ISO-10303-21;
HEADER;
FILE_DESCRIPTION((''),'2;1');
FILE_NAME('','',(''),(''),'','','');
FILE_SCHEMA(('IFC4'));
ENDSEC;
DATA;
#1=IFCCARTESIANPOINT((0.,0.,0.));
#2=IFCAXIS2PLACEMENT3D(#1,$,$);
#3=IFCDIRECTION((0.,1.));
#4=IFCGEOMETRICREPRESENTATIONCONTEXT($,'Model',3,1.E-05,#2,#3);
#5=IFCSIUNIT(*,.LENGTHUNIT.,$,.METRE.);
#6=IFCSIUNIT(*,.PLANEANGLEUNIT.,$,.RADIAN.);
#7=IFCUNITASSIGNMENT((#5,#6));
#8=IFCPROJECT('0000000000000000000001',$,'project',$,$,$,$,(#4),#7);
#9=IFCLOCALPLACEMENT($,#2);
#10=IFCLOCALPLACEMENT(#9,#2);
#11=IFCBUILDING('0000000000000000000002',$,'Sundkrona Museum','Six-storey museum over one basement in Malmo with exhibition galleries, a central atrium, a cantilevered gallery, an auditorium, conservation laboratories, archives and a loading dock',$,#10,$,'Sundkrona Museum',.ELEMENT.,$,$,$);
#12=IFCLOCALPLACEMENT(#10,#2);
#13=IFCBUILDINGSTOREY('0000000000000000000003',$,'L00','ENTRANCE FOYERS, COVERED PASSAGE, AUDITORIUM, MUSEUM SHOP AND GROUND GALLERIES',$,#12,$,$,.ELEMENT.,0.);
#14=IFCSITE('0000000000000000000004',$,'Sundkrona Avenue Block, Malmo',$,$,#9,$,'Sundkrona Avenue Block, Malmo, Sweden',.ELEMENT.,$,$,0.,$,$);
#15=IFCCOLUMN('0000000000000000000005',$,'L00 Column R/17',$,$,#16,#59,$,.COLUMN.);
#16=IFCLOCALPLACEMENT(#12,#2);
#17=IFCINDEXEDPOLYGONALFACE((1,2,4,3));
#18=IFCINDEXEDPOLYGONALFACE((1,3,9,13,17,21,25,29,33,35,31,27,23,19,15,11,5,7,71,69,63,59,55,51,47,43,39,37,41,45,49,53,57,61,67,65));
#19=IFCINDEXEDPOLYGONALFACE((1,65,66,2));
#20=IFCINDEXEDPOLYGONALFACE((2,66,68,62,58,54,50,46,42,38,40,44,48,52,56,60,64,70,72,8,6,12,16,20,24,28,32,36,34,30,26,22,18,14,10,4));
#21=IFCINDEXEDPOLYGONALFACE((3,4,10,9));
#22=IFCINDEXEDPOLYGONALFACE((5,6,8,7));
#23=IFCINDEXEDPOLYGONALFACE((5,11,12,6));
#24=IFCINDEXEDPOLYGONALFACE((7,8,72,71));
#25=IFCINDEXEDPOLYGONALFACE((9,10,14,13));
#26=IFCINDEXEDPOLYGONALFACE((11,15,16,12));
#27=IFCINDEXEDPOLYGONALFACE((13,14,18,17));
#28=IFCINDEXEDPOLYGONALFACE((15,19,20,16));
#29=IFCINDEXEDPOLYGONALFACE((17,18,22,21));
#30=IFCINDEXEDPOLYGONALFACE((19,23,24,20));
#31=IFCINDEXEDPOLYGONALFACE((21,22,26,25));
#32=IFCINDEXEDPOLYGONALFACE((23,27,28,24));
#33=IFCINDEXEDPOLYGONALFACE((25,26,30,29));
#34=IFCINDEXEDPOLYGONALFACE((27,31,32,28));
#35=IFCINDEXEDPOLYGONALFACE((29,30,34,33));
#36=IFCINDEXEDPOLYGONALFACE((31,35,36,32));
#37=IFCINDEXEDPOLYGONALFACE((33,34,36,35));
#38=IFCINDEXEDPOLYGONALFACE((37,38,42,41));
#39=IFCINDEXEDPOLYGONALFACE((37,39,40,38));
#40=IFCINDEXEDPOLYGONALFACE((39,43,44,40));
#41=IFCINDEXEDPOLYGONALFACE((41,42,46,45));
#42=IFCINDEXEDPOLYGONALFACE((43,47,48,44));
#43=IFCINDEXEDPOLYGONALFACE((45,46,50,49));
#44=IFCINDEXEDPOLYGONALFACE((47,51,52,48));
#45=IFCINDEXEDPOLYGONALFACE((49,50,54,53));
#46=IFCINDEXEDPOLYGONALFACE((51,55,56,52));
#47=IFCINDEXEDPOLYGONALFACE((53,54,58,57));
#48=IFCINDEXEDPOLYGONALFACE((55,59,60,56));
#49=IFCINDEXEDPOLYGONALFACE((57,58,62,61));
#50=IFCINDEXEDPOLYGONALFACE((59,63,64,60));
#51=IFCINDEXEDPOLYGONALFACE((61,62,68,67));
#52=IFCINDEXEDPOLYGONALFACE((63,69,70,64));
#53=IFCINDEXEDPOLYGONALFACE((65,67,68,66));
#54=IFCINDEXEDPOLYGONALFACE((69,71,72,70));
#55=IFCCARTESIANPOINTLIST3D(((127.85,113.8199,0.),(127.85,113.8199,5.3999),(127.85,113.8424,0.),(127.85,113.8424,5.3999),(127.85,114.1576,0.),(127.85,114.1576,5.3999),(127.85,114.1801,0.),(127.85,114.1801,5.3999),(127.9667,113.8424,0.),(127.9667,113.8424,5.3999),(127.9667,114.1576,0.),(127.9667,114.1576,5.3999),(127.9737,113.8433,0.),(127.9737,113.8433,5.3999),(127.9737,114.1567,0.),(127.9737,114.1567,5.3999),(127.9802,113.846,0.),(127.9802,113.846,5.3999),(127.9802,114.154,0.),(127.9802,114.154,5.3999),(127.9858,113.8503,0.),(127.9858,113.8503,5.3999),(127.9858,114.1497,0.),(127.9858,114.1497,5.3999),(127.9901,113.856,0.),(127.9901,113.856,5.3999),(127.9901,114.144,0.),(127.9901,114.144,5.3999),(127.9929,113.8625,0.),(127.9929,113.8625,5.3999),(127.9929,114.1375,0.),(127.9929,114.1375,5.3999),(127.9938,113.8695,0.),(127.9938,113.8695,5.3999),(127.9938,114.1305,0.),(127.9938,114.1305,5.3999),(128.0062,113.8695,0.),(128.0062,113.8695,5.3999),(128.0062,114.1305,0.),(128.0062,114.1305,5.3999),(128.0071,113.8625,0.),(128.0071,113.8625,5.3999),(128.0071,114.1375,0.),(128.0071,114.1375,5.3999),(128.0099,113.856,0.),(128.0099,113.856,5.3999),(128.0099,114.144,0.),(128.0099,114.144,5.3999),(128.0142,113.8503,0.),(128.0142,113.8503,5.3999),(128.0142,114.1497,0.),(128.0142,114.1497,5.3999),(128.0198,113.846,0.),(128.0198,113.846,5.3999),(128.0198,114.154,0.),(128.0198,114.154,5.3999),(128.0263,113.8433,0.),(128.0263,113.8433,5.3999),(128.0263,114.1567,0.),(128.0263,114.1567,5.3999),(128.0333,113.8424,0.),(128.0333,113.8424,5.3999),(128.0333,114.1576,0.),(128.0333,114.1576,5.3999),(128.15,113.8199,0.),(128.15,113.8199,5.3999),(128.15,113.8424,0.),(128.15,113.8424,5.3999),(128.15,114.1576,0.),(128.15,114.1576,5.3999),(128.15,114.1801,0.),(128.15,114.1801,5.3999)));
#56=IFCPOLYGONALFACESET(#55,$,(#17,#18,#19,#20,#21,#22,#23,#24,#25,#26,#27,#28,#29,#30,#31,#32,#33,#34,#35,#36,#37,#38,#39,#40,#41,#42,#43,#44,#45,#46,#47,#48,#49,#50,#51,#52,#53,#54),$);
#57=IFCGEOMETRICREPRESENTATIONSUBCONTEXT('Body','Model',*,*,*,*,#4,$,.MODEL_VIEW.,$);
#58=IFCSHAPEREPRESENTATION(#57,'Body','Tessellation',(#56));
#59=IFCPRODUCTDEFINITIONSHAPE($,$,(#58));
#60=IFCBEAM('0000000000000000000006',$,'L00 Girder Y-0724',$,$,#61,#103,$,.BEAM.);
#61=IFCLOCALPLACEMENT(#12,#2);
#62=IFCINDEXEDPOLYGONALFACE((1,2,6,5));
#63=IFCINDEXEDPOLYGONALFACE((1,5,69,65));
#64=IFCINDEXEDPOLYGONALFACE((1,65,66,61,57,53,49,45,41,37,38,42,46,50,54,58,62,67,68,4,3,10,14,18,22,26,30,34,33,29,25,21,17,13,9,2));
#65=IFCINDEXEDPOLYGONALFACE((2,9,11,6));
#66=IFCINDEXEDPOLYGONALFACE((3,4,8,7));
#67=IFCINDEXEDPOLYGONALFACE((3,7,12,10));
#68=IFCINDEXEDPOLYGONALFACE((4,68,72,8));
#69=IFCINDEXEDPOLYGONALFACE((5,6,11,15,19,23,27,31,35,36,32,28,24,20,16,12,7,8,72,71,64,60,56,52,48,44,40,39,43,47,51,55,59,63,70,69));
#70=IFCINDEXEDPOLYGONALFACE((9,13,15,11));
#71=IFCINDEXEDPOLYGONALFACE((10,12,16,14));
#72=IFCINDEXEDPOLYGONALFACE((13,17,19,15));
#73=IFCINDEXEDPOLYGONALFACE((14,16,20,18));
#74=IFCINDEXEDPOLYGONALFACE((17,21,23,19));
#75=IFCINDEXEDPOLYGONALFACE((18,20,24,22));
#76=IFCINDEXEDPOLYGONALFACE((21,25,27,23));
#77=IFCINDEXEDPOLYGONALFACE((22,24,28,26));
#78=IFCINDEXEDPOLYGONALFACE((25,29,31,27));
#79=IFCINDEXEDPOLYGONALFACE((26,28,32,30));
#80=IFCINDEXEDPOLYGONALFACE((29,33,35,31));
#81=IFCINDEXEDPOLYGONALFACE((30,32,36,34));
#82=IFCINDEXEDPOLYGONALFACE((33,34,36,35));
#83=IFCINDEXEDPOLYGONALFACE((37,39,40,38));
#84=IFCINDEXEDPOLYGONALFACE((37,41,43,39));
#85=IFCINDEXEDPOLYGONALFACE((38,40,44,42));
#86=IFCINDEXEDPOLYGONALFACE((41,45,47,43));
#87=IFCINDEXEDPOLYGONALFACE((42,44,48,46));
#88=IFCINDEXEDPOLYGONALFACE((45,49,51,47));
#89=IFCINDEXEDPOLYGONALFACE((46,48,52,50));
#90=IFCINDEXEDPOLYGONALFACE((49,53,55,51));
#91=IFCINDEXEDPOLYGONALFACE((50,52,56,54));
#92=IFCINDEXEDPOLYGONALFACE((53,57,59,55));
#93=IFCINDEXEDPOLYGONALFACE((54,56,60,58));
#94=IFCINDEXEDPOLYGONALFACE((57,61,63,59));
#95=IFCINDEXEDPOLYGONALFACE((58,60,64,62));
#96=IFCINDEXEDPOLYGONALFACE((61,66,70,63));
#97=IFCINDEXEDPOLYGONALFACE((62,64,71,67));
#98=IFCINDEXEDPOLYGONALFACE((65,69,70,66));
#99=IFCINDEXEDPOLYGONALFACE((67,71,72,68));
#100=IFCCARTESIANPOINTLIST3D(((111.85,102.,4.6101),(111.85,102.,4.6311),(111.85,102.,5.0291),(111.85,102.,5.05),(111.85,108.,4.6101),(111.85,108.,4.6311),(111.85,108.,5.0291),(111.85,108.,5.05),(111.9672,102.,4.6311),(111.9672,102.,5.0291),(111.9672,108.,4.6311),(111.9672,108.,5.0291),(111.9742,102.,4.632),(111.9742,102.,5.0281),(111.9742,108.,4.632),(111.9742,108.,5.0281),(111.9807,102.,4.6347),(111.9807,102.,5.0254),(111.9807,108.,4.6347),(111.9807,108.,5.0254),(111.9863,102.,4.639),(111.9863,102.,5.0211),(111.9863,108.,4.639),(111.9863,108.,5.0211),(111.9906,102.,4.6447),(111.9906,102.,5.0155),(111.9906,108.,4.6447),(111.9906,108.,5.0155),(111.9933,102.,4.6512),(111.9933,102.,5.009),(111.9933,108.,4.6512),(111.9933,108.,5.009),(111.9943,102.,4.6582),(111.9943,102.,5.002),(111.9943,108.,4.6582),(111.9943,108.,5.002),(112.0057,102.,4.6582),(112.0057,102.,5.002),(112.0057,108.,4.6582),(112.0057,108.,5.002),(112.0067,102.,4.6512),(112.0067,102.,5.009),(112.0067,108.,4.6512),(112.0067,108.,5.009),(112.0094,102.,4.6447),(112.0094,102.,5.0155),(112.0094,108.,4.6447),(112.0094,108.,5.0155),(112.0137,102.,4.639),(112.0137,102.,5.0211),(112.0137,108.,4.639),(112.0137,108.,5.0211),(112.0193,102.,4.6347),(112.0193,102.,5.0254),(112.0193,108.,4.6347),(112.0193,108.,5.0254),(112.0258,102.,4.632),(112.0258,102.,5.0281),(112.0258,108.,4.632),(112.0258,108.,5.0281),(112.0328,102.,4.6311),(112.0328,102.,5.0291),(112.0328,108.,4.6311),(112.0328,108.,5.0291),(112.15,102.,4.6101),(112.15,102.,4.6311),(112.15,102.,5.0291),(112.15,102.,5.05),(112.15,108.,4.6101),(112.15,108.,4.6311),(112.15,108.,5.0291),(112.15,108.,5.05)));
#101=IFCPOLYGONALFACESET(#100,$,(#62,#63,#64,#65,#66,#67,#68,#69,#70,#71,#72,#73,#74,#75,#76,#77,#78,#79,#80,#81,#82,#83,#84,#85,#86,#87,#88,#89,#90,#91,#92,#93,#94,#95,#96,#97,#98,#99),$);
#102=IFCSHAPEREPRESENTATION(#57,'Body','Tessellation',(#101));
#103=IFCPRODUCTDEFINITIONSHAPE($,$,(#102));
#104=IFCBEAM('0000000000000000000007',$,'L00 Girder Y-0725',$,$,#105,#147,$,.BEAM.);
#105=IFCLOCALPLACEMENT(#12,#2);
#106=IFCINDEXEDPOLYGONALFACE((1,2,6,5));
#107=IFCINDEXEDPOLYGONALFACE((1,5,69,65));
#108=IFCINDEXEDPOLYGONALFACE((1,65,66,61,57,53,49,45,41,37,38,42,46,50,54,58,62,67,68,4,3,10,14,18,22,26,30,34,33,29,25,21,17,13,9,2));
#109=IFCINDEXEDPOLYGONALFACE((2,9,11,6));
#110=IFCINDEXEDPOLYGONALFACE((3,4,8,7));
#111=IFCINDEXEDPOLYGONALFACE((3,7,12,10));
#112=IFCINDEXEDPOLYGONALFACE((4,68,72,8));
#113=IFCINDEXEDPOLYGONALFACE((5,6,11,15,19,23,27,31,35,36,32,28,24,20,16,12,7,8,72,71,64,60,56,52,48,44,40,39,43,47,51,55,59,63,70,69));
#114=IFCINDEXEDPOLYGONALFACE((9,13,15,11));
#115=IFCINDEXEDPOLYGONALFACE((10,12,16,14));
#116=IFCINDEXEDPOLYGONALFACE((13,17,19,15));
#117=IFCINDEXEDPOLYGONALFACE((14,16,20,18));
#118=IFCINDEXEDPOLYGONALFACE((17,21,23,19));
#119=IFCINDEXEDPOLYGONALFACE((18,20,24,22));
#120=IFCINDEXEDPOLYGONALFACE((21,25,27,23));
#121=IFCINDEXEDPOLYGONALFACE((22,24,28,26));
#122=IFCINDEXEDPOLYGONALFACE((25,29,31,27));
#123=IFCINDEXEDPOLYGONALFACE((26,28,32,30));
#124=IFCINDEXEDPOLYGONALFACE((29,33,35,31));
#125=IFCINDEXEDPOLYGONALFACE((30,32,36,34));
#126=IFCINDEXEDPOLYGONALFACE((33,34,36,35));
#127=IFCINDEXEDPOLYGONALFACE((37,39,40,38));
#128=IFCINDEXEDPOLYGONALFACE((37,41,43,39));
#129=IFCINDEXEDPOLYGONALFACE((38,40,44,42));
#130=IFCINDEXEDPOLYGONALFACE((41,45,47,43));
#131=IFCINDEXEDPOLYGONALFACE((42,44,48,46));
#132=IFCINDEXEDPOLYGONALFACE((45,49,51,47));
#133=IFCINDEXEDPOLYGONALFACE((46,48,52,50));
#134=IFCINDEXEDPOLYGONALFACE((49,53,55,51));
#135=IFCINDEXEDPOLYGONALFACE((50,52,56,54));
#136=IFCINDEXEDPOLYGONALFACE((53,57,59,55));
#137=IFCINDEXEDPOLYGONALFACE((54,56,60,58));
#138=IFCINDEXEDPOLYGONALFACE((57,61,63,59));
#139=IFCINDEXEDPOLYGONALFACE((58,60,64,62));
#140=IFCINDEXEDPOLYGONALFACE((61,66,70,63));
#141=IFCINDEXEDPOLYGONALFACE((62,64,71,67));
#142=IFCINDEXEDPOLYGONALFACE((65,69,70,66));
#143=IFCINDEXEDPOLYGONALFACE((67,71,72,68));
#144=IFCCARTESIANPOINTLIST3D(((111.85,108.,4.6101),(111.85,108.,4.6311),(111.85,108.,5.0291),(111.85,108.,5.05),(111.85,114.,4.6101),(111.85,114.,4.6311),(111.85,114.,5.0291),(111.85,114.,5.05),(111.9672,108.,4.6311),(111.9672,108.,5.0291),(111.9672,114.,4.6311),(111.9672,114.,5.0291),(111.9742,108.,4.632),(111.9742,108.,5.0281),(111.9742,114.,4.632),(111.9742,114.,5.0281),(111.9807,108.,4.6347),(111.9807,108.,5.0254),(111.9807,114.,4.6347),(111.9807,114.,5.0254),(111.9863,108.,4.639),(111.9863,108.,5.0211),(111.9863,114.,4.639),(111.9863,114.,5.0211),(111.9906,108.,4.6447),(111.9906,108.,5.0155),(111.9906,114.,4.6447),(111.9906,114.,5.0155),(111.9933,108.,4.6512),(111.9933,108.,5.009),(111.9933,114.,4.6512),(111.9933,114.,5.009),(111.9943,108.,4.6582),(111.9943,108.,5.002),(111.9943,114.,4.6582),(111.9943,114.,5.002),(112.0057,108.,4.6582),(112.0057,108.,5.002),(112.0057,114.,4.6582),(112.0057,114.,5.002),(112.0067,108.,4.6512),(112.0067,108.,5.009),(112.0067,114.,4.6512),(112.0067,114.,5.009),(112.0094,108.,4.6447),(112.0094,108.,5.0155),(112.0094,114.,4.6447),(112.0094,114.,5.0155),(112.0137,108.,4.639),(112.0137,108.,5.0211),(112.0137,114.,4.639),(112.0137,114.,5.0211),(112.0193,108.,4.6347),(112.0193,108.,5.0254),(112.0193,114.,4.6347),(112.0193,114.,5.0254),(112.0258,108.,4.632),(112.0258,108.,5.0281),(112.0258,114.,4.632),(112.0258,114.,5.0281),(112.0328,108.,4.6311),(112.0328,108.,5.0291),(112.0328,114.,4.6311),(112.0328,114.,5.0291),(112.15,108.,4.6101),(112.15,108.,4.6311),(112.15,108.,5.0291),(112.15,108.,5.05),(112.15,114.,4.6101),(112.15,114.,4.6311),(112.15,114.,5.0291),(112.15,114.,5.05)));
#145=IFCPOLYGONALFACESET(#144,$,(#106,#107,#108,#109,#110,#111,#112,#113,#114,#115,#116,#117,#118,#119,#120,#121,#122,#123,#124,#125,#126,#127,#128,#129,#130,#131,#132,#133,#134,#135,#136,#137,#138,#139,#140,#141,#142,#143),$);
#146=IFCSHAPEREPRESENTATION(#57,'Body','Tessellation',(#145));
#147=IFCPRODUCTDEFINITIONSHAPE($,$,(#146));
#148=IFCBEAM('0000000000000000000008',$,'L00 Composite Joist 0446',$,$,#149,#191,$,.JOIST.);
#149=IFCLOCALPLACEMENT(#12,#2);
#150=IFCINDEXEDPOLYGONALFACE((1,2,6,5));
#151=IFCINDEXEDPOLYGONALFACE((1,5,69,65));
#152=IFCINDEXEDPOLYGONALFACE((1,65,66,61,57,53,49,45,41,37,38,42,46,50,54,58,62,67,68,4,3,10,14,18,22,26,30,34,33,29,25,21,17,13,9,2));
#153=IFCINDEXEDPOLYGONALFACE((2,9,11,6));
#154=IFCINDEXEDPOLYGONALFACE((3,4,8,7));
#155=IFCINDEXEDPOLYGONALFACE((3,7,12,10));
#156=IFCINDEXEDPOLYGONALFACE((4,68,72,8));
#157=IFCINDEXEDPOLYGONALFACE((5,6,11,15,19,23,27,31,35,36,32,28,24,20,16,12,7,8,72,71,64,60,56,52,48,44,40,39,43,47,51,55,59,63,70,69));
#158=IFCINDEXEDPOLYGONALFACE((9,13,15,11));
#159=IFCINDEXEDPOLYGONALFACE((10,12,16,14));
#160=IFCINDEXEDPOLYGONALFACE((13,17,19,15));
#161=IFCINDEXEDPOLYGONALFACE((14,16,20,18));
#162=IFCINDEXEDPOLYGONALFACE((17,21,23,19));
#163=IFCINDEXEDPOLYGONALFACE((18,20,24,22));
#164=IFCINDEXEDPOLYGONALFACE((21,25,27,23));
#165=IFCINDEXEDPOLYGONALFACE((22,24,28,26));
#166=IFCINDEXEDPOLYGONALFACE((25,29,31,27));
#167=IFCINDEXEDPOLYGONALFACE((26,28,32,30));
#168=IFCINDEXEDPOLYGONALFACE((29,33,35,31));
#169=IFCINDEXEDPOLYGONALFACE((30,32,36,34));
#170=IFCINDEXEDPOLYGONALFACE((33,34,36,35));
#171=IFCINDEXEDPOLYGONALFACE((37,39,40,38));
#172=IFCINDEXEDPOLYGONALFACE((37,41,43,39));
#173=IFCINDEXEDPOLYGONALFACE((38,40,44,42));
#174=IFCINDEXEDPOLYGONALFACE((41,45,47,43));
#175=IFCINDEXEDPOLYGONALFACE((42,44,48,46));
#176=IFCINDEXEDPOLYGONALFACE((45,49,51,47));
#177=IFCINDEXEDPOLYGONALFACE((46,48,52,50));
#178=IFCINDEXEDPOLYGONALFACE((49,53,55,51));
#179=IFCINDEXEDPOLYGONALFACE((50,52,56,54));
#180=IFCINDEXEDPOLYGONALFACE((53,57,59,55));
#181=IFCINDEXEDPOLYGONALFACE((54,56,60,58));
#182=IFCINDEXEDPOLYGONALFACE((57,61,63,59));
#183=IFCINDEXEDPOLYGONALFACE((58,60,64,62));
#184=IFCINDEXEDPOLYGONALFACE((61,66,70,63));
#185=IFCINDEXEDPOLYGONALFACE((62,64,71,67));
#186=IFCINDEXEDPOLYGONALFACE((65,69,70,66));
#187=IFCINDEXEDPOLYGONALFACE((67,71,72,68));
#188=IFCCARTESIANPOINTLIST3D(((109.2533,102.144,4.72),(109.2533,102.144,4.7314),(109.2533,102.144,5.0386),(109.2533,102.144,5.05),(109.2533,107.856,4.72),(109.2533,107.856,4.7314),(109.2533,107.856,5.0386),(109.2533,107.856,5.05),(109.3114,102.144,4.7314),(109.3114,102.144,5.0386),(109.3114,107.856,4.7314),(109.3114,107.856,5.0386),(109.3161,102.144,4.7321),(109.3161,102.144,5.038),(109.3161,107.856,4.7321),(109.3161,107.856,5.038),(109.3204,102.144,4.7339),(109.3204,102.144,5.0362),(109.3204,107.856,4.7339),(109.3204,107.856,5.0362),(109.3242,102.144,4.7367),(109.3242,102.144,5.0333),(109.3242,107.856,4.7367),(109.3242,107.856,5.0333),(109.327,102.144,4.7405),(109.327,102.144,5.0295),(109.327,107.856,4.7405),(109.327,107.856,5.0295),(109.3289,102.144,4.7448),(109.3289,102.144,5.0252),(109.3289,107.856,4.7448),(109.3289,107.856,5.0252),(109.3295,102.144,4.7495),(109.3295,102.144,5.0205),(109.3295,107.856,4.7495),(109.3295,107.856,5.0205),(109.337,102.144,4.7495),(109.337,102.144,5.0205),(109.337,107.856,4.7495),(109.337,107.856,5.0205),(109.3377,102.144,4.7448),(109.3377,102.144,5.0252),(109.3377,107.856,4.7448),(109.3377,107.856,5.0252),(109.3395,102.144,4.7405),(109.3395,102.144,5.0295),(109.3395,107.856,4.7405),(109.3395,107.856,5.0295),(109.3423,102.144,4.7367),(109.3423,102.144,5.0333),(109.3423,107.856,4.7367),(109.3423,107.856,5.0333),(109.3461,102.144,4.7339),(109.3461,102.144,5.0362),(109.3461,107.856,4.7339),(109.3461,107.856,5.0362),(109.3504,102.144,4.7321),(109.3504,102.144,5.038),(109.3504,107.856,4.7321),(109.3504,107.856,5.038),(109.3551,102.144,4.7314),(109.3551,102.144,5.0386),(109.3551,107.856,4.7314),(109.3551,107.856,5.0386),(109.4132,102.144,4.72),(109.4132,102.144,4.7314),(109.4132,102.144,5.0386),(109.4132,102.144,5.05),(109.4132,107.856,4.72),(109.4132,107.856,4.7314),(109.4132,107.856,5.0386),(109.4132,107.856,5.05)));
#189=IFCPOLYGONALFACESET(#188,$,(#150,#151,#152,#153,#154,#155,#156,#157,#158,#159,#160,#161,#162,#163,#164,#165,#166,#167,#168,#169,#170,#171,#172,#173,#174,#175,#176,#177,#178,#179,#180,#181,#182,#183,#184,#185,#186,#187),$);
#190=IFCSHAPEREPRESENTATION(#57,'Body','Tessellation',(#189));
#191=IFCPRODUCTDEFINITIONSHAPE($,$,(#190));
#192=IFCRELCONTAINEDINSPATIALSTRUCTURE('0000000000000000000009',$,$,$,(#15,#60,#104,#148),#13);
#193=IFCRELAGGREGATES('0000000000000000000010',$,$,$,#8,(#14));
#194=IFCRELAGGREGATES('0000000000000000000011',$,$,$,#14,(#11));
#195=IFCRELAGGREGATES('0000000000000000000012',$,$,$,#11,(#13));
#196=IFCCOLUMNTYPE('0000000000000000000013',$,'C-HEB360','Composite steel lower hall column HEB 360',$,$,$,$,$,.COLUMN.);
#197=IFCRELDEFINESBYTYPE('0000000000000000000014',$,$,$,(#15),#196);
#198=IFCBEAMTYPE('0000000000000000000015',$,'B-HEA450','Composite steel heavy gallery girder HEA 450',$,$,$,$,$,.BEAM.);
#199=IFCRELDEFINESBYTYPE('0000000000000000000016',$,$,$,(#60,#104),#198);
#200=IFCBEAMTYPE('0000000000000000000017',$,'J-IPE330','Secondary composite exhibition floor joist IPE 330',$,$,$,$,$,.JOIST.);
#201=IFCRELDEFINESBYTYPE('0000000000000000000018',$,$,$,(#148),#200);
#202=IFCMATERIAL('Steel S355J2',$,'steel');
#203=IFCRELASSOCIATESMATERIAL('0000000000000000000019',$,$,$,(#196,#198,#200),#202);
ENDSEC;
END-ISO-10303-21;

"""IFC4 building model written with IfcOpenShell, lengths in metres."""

from ifc_helpers import new_model, si_unit, direction, frame, origin, origin_2d, place, context, subcontext, project, spatial, i_section, extrude, material, material_profile, profile_set, type_object, element, save


model = new_model("IFC4")

# Units and contexts
model_context = context("Model", 3, precision=1e-05, world=origin(), true_north=direction((0.0, 1.0)))
body_context = subcontext(model_context, "Body", "Model", "MODEL_VIEW")
ifc_project = project(units=[si_unit("LENGTHUNIT", "METRE"), si_unit("PLANEANGLEUNIT", "RADIAN")], contexts=[model_context])

# Site, building, storey
site_placement = place(None, origin())
site = spatial("IfcSite", under=ifc_project, at=site_placement, Name="Sundkrona Avenue Block, Malmo", LongName="Sundkrona Avenue Block, Malmo, Sweden", CompositionType="ELEMENT", RefElevation=0.0)
building_placement = place(site_placement, origin())
building = spatial("IfcBuilding", under=site, at=building_placement, Name="Sundkrona Museum", Description="Six-storey museum over one basement in Malmo with exhibition galleries, a central atrium, a cantilevered gallery, an auditorium, conservation laboratories, archives and a loading dock", LongName="Sundkrona Museum", CompositionType="ELEMENT")
storey_placement = place(building_placement, origin())
storey = spatial("IfcBuildingStorey", under=building, at=storey_placement, Name="L00", Description="ENTRANCE FOYERS, COVERED PASSAGE, AUDITORIUM, MUSEUM SHOP AND GROUND GALLERIES", CompositionType="ELEMENT", Elevation=0.0)

# Column
ifc_material_1 = material(Name="Steel S355J2", Category="steel")
ifc_material_profile_1 = material_profile(ifc_material_1, i_section(OverallWidth=0.3, OverallDepth=0.3601, WebThickness=0.0125, FlangeThickness=0.0225, FilletRadius=0.0271, at=origin_2d()), Name="HEB 360")
ifc_profile_set_1 = profile_set([ifc_material_profile_1], Name="Steel S355J2")
column_type = type_object("IfcColumnType", Name="C-HEB360", Description="Composite steel lower hall column HEB 360", PredefinedType="COLUMN", material=ifc_profile_set_1)
for number, where, z_axis, x_axis, name in (
    (1, (128.0, 114.0, 0.0), (0.0, 0.0, 1.0), (1.0, 0.0, 0.0), "L00 Column R/17"),
):
    element("IfcColumn", number, at=place(storey_placement, frame(where, z_axis=z_axis, x_axis=x_axis)), inside=storey, type_object=column_type, Name=name, PredefinedType="COLUMN", context=body_context, shape_type="SweptSolid", body=[
        extrude(i_section(OverallWidth=0.3, OverallDepth=0.3601, WebThickness=0.0125, FlangeThickness=0.0225, FilletRadius=0.0271, at=origin_2d()), origin(), (0.0, 0.0, 1.0), 5.3999),
    ])

# Beams
ifc_material_profile_2 = material_profile(ifc_material_1, i_section(OverallWidth=0.3, OverallDepth=0.4399, WebThickness=0.0115, FlangeThickness=0.021, FilletRadius=0.0271, at=origin_2d()), Name="HEA 450")
ifc_profile_set_2 = profile_set([ifc_material_profile_2], Name="Steel S355J2")
beam_type_1 = type_object("IfcBeamType", Name="B-HEA450", Description="Composite steel heavy gallery girder HEA 450", PredefinedType="BEAM", material=ifc_profile_set_2)
for number, where, z_axis, x_axis, name in (
    (2, (112.0, 102.0, 4.8301), (0.0, 1.0, 0.0), (-1.0, 0.0, 0.0), "L00 Girder Y-0724"),
    (3, (112.0, 108.0, 4.8301), (0.0, 1.0, 0.0), (-1.0, 0.0, 0.0), "L00 Girder Y-0725"),
):
    element("IfcBeam", number, at=place(storey_placement, frame(where, z_axis=z_axis, x_axis=x_axis)), inside=storey, type_object=beam_type_1, Name=name, PredefinedType="BEAM", context=body_context, shape_type="SweptSolid", body=[
        extrude(i_section(OverallWidth=0.3, OverallDepth=0.4399, WebThickness=0.0115, FlangeThickness=0.021, FilletRadius=0.0271, at=origin_2d()), origin(), (0.0, 0.0, 1.0), 6.0),
    ])
ifc_material_profile_3 = material_profile(ifc_material_1, i_section(OverallWidth=0.1599, OverallDepth=0.3301, WebThickness=0.0076, FlangeThickness=0.0115, FilletRadius=0.0181, at=origin_2d()), Name="IPE 330")
ifc_profile_set_3 = profile_set([ifc_material_profile_3], Name="Steel S355J2")
beam_type_2 = type_object("IfcBeamType", Name="J-IPE330", Description="Secondary composite exhibition floor joist IPE 330", PredefinedType="JOIST", material=ifc_profile_set_3)
for number, where, z_axis, x_axis, name in (
    (4, (109.3333, 102.144, 4.885), (0.0, 1.0, 0.0), (-1.0, 0.0, 0.0), "L00 Composite Joist 0446"),
):
    element("IfcBeam", number, at=place(storey_placement, frame(where, z_axis=z_axis, x_axis=x_axis)), inside=storey, type_object=beam_type_2, Name=name, PredefinedType="JOIST", context=body_context, shape_type="SweptSolid", body=[
        extrude(i_section(OverallWidth=0.1599, OverallDepth=0.3301, WebThickness=0.0076, FlangeThickness=0.0115, FilletRadius=0.0181, at=origin_2d()), origin(), (0.0, 0.0, 1.0), 5.7119),
    ])

save(model, "model.ifc")
